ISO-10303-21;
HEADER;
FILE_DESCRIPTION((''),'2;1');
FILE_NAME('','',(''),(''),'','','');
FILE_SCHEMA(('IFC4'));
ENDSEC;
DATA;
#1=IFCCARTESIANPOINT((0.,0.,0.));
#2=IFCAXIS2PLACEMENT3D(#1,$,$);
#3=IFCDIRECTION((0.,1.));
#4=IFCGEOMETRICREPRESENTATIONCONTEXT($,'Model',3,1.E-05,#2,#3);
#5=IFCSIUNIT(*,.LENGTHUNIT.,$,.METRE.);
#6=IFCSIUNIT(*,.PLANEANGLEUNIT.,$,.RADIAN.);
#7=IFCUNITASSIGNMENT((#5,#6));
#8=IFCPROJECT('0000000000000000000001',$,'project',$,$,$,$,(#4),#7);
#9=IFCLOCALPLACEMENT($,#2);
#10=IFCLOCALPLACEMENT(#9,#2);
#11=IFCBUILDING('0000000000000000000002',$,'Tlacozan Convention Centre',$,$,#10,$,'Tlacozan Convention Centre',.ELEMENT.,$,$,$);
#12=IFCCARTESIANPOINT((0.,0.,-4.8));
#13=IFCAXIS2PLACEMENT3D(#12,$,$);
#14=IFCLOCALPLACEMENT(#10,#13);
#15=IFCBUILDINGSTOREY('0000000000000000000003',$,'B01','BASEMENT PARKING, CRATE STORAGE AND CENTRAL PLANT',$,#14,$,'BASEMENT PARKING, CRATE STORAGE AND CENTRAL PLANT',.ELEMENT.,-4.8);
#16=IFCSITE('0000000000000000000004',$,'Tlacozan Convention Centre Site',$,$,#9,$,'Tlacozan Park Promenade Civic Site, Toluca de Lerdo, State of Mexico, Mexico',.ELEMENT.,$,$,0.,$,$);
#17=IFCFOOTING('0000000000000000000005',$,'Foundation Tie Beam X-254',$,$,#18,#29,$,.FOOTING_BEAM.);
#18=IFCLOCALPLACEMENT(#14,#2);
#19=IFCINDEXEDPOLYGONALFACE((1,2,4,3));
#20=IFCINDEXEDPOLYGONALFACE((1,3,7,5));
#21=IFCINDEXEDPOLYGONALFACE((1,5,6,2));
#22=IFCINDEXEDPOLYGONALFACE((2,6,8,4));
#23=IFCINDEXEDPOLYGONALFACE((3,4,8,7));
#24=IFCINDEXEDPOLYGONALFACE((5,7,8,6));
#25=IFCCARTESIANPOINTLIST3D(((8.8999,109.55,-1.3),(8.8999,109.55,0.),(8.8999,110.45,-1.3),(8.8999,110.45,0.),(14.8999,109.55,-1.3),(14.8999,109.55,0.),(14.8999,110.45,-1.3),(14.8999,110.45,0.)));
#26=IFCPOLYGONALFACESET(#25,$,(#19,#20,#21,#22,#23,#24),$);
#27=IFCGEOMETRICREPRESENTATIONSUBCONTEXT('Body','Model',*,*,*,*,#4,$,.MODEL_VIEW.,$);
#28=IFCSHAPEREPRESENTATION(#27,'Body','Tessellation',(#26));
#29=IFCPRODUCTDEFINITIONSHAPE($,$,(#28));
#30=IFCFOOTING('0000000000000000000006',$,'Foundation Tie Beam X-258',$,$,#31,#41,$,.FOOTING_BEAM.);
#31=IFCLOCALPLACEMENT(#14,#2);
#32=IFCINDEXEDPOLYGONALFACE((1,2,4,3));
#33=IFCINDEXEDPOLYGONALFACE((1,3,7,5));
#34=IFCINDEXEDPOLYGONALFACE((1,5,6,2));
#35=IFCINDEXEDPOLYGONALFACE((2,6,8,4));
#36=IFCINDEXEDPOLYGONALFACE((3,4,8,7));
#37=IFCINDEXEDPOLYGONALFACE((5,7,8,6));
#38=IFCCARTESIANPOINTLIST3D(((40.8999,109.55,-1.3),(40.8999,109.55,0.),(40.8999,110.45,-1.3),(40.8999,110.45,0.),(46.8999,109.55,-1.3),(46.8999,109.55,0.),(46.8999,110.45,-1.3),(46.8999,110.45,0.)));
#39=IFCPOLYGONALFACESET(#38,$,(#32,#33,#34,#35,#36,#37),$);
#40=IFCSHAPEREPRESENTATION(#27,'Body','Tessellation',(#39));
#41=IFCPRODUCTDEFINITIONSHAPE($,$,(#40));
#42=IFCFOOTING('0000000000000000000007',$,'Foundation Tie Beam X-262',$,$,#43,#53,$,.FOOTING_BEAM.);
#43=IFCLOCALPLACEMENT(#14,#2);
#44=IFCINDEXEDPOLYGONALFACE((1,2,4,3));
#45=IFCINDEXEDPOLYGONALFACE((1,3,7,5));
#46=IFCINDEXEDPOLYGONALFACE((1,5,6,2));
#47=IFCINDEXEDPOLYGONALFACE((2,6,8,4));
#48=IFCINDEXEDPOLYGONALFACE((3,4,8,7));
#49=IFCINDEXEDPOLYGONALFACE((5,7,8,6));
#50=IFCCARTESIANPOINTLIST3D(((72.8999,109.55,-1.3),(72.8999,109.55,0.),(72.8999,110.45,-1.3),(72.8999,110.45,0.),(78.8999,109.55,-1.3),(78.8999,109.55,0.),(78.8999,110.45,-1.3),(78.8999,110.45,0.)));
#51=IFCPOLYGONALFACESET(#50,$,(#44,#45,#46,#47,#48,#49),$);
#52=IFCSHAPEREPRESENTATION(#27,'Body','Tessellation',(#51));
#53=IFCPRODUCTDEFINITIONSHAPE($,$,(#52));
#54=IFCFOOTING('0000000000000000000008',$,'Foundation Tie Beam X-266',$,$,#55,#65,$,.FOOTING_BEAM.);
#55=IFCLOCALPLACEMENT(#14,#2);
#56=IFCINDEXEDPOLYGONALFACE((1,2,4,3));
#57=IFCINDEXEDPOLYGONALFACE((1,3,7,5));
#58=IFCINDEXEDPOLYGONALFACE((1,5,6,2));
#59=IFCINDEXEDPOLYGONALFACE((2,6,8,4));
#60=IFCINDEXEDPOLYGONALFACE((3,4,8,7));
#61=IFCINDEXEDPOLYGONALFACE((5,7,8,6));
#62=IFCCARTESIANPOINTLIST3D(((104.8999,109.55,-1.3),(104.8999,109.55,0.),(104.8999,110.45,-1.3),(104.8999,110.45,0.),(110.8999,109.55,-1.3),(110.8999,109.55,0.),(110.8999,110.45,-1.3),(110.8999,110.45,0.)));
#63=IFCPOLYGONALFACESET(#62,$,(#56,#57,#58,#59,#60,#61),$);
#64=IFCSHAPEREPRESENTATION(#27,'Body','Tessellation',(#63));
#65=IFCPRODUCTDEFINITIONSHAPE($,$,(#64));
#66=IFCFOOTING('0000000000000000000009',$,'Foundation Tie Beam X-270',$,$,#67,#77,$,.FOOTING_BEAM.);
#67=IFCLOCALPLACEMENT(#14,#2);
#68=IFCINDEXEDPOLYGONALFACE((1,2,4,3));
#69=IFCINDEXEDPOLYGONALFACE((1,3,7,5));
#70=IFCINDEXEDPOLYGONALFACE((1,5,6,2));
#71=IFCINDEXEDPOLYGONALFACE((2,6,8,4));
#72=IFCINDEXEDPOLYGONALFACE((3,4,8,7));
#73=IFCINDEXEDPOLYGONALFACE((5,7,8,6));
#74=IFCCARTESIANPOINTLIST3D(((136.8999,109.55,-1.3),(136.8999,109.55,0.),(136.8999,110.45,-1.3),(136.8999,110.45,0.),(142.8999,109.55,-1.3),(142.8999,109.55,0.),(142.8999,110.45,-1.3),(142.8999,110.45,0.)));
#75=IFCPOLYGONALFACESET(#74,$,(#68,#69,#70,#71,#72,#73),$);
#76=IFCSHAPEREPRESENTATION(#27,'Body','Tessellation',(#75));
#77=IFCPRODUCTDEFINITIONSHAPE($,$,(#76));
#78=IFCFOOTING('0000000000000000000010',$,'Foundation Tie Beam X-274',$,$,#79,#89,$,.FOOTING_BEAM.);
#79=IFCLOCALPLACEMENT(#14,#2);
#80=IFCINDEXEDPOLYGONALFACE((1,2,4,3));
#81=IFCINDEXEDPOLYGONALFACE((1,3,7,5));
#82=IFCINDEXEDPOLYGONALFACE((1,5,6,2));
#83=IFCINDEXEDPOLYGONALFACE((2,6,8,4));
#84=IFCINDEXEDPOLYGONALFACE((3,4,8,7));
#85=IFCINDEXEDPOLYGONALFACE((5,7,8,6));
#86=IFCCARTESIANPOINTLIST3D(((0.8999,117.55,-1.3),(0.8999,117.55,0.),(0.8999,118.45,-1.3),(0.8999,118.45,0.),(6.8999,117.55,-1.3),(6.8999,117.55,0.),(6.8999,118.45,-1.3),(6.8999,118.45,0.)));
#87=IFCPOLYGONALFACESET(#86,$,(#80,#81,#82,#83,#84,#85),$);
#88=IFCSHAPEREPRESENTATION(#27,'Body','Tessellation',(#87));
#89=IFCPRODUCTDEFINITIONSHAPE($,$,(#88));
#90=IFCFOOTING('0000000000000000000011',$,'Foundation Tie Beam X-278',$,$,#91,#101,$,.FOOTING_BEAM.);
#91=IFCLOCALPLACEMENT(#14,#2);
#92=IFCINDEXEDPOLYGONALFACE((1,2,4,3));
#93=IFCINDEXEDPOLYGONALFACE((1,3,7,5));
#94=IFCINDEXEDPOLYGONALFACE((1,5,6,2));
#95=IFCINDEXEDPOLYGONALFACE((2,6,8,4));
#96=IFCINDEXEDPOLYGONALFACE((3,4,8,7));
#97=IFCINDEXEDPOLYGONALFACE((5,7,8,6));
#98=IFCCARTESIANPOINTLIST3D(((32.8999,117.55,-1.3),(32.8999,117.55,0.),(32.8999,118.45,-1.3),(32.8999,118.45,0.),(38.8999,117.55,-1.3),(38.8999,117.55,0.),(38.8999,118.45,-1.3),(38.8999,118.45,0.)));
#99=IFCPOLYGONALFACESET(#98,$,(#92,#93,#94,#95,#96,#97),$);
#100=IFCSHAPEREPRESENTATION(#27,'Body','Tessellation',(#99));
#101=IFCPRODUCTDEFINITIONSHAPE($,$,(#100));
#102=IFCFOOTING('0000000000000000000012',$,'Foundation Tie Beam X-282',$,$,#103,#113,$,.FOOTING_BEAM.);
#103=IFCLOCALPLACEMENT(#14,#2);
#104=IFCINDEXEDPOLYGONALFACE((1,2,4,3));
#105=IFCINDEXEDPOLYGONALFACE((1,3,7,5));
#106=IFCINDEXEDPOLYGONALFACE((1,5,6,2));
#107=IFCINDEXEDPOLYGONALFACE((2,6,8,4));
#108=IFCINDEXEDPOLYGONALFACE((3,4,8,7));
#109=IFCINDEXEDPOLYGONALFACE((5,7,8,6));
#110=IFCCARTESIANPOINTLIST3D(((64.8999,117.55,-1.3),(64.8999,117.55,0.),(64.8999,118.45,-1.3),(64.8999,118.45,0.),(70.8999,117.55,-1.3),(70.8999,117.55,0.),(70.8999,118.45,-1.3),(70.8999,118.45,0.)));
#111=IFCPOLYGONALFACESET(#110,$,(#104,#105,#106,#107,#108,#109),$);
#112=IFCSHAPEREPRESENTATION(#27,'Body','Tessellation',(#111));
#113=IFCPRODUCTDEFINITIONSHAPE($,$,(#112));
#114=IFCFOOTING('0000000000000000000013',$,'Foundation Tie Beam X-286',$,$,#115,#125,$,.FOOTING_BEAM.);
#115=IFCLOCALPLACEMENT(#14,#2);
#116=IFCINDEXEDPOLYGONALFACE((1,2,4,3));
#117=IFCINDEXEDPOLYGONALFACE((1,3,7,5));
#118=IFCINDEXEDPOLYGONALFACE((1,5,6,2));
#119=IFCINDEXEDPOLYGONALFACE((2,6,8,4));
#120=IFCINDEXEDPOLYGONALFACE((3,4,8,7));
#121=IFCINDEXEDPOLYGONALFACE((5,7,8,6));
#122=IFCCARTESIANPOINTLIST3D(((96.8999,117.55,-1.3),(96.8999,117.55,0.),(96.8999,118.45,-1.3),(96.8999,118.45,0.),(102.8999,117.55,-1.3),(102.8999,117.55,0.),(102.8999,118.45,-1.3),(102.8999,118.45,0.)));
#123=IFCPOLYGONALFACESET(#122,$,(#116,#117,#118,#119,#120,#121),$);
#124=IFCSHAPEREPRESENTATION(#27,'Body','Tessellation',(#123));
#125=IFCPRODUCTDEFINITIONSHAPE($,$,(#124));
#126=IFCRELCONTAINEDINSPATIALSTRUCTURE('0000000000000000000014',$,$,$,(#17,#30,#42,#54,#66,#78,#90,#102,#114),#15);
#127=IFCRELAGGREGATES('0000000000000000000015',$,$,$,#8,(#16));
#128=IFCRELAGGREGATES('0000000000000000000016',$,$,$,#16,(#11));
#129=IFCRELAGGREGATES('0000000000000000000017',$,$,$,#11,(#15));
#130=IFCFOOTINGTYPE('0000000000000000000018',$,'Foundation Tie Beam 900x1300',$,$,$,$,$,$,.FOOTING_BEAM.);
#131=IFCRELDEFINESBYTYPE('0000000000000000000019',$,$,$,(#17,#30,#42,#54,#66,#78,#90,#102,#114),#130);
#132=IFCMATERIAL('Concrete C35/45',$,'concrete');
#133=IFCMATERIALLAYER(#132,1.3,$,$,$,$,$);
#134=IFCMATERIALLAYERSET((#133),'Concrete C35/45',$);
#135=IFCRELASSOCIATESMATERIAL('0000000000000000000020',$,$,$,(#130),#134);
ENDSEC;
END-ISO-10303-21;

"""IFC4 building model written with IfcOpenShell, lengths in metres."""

from ifc_helpers import new_model, si_unit, direction, frame, origin, place, context, subcontext, project, spatial, polyline, outline, extrude, material, layer, layer_set, type_object, element, save


model = new_model("IFC4")

# Units and contexts
model_context = context("Model", 3, precision=1e-05, world=origin(), true_north=direction((0.0, 1.0)))
body_context = subcontext(model_context, "Body", "Model", "MODEL_VIEW")
ifc_project = project(units=[si_unit("LENGTHUNIT", "METRE"), si_unit("PLANEANGLEUNIT", "RADIAN")], contexts=[model_context])

# Site, building, storey
site_placement = place(None, origin())
site = spatial("IfcSite", under=ifc_project, at=site_placement, Name="Tlacozan Convention Centre Site", LongName="Tlacozan Park Promenade Civic Site, Toluca de Lerdo, State of Mexico, Mexico", CompositionType="ELEMENT", RefElevation=0.0)
building_placement = place(site_placement, origin())
building = spatial("IfcBuilding", under=site, at=building_placement, Name="Tlacozan Convention Centre", LongName="Tlacozan Convention Centre", CompositionType="ELEMENT")
storey_placement = place(building_placement, frame((0.0, 0.0, -4.8)))
storey = spatial("IfcBuildingStorey", under=building, at=storey_placement, Name="B01", Description="BASEMENT PARKING, CRATE STORAGE AND CENTRAL PLANT", LongName="BASEMENT PARKING, CRATE STORAGE AND CENTRAL PLANT", CompositionType="ELEMENT", Elevation=-4.8)

# Footings
ifc_material = material(Name="Concrete C35/45", Category="concrete")
ifc_layer = layer(ifc_material, 1.3)
ifc_layer_set = layer_set([ifc_layer], Name="Concrete C35/45")
footing_type = type_object("IfcFootingType", Name="Foundation Tie Beam 900x1300", PredefinedType="FOOTING_BEAM", material=ifc_layer_set)
footing_1_placement = place(storey_placement, frame((0.0, 0.0, -1.3)))
element("IfcFooting", 1, at=footing_1_placement, inside=storey, type_object=footing_type, Name="Foundation Tie Beam X-254", PredefinedType="FOOTING_BEAM", context=body_context, shape_type="SweptSolid", body=[
    extrude(outline(polyline([(8.8999, 109.55), (14.8999, 109.55), (14.8999, 110.45), (8.8999, 110.45), (8.8999, 109.55)])), origin(), (0.0, 0.0, 1.0), 1.3),
])
footing_2_placement = place(storey_placement, frame((0.0, 0.0, -1.3)))
element("IfcFooting", 2, at=footing_2_placement, inside=storey, type_object=footing_type, Name="Foundation Tie Beam X-258", PredefinedType="FOOTING_BEAM", context=body_context, shape_type="SweptSolid", body=[
    extrude(outline(polyline([(40.8999, 109.55), (46.8999, 109.55), (46.8999, 110.45), (40.8999, 110.45), (40.8999, 109.55)])), origin(), (0.0, 0.0, 1.0), 1.3),
])
footing_3_placement = place(storey_placement, frame((0.0, 0.0, -1.3)))
element("IfcFooting", 3, at=footing_3_placement, inside=storey, type_object=footing_type, Name="Foundation Tie Beam X-262", PredefinedType="FOOTING_BEAM", context=body_context, shape_type="SweptSolid", body=[
    extrude(outline(polyline([(72.8999, 109.55), (78.8999, 109.55), (78.8999, 110.45), (72.8999, 110.45), (72.8999, 109.55)])), origin(), (0.0, 0.0, 1.0), 1.3),
])
footing_4_placement = place(storey_placement, frame((0.0, 0.0, -1.3)))
element("IfcFooting", 4, at=footing_4_placement, inside=storey, type_object=footing_type, Name="Foundation Tie Beam X-266", PredefinedType="FOOTING_BEAM", context=body_context, shape_type="SweptSolid", body=[
    extrude(outline(polyline([(104.8999, 109.55), (110.8999, 109.55), (110.8999, 110.45), (104.8999, 110.45), (104.8999, 109.55)])), origin(), (0.0, 0.0, 1.0), 1.3),
])
footing_5_placement = place(storey_placement, frame((0.0, 0.0, -1.3)))
element("IfcFooting", 5, at=footing_5_placement, inside=storey, type_object=footing_type, Name="Foundation Tie Beam X-270", PredefinedType="FOOTING_BEAM", context=body_context, shape_type="SweptSolid", body=[
    extrude(outline(polyline([(136.8999, 109.55), (142.8999, 109.55), (142.8999, 110.45), (136.8999, 110.45), (136.8999, 109.55)])), origin(), (0.0, 0.0, 1.0), 1.3),
])
footing_6_placement = place(storey_placement, frame((0.0, 0.0, -1.3)))
element("IfcFooting", 6, at=footing_6_placement, inside=storey, type_object=footing_type, Name="Foundation Tie Beam X-274", PredefinedType="FOOTING_BEAM", context=body_context, shape_type="SweptSolid", body=[
    extrude(outline(polyline([(0.8999, 117.55), (6.8999, 117.55), (6.8999, 118.45), (0.8999, 118.45), (0.8999, 117.55)])), origin(), (0.0, 0.0, 1.0), 1.3),
])
footing_7_placement = place(storey_placement, frame((0.0, 0.0, -1.3)))
element("IfcFooting", 7, at=footing_7_placement, inside=storey, type_object=footing_type, Name="Foundation Tie Beam X-278", PredefinedType="FOOTING_BEAM", context=body_context, shape_type="SweptSolid", body=[
    extrude(outline(polyline([(32.8999, 117.55), (38.8999, 117.55), (38.8999, 118.45), (32.8999, 118.45), (32.8999, 117.55)])), origin(), (0.0, 0.0, 1.0), 1.3),
])
footing_8_placement = place(storey_placement, frame((0.0, 0.0, -1.3)))
element("IfcFooting", 8, at=footing_8_placement, inside=storey, type_object=footing_type, Name="Foundation Tie Beam X-282", PredefinedType="FOOTING_BEAM", context=body_context, shape_type="SweptSolid", body=[
    extrude(outline(polyline([(64.8999, 117.55), (70.8999, 117.55), (70.8999, 118.45), (64.8999, 118.45), (64.8999, 117.55)])), origin(), (0.0, 0.0, 1.0), 1.3),
])
footing_9_placement = place(storey_placement, frame((0.0, 0.0, -1.3)))
element("IfcFooting", 9, at=footing_9_placement, inside=storey, type_object=footing_type, Name="Foundation Tie Beam X-286", PredefinedType="FOOTING_BEAM", context=body_context, shape_type="SweptSolid", body=[
    extrude(outline(polyline([(96.8999, 117.55), (102.8999, 117.55), (102.8999, 118.45), (96.8999, 118.45), (96.8999, 117.55)])), origin(), (0.0, 0.0, 1.0), 1.3),
])

save(model, "model.ifc")
